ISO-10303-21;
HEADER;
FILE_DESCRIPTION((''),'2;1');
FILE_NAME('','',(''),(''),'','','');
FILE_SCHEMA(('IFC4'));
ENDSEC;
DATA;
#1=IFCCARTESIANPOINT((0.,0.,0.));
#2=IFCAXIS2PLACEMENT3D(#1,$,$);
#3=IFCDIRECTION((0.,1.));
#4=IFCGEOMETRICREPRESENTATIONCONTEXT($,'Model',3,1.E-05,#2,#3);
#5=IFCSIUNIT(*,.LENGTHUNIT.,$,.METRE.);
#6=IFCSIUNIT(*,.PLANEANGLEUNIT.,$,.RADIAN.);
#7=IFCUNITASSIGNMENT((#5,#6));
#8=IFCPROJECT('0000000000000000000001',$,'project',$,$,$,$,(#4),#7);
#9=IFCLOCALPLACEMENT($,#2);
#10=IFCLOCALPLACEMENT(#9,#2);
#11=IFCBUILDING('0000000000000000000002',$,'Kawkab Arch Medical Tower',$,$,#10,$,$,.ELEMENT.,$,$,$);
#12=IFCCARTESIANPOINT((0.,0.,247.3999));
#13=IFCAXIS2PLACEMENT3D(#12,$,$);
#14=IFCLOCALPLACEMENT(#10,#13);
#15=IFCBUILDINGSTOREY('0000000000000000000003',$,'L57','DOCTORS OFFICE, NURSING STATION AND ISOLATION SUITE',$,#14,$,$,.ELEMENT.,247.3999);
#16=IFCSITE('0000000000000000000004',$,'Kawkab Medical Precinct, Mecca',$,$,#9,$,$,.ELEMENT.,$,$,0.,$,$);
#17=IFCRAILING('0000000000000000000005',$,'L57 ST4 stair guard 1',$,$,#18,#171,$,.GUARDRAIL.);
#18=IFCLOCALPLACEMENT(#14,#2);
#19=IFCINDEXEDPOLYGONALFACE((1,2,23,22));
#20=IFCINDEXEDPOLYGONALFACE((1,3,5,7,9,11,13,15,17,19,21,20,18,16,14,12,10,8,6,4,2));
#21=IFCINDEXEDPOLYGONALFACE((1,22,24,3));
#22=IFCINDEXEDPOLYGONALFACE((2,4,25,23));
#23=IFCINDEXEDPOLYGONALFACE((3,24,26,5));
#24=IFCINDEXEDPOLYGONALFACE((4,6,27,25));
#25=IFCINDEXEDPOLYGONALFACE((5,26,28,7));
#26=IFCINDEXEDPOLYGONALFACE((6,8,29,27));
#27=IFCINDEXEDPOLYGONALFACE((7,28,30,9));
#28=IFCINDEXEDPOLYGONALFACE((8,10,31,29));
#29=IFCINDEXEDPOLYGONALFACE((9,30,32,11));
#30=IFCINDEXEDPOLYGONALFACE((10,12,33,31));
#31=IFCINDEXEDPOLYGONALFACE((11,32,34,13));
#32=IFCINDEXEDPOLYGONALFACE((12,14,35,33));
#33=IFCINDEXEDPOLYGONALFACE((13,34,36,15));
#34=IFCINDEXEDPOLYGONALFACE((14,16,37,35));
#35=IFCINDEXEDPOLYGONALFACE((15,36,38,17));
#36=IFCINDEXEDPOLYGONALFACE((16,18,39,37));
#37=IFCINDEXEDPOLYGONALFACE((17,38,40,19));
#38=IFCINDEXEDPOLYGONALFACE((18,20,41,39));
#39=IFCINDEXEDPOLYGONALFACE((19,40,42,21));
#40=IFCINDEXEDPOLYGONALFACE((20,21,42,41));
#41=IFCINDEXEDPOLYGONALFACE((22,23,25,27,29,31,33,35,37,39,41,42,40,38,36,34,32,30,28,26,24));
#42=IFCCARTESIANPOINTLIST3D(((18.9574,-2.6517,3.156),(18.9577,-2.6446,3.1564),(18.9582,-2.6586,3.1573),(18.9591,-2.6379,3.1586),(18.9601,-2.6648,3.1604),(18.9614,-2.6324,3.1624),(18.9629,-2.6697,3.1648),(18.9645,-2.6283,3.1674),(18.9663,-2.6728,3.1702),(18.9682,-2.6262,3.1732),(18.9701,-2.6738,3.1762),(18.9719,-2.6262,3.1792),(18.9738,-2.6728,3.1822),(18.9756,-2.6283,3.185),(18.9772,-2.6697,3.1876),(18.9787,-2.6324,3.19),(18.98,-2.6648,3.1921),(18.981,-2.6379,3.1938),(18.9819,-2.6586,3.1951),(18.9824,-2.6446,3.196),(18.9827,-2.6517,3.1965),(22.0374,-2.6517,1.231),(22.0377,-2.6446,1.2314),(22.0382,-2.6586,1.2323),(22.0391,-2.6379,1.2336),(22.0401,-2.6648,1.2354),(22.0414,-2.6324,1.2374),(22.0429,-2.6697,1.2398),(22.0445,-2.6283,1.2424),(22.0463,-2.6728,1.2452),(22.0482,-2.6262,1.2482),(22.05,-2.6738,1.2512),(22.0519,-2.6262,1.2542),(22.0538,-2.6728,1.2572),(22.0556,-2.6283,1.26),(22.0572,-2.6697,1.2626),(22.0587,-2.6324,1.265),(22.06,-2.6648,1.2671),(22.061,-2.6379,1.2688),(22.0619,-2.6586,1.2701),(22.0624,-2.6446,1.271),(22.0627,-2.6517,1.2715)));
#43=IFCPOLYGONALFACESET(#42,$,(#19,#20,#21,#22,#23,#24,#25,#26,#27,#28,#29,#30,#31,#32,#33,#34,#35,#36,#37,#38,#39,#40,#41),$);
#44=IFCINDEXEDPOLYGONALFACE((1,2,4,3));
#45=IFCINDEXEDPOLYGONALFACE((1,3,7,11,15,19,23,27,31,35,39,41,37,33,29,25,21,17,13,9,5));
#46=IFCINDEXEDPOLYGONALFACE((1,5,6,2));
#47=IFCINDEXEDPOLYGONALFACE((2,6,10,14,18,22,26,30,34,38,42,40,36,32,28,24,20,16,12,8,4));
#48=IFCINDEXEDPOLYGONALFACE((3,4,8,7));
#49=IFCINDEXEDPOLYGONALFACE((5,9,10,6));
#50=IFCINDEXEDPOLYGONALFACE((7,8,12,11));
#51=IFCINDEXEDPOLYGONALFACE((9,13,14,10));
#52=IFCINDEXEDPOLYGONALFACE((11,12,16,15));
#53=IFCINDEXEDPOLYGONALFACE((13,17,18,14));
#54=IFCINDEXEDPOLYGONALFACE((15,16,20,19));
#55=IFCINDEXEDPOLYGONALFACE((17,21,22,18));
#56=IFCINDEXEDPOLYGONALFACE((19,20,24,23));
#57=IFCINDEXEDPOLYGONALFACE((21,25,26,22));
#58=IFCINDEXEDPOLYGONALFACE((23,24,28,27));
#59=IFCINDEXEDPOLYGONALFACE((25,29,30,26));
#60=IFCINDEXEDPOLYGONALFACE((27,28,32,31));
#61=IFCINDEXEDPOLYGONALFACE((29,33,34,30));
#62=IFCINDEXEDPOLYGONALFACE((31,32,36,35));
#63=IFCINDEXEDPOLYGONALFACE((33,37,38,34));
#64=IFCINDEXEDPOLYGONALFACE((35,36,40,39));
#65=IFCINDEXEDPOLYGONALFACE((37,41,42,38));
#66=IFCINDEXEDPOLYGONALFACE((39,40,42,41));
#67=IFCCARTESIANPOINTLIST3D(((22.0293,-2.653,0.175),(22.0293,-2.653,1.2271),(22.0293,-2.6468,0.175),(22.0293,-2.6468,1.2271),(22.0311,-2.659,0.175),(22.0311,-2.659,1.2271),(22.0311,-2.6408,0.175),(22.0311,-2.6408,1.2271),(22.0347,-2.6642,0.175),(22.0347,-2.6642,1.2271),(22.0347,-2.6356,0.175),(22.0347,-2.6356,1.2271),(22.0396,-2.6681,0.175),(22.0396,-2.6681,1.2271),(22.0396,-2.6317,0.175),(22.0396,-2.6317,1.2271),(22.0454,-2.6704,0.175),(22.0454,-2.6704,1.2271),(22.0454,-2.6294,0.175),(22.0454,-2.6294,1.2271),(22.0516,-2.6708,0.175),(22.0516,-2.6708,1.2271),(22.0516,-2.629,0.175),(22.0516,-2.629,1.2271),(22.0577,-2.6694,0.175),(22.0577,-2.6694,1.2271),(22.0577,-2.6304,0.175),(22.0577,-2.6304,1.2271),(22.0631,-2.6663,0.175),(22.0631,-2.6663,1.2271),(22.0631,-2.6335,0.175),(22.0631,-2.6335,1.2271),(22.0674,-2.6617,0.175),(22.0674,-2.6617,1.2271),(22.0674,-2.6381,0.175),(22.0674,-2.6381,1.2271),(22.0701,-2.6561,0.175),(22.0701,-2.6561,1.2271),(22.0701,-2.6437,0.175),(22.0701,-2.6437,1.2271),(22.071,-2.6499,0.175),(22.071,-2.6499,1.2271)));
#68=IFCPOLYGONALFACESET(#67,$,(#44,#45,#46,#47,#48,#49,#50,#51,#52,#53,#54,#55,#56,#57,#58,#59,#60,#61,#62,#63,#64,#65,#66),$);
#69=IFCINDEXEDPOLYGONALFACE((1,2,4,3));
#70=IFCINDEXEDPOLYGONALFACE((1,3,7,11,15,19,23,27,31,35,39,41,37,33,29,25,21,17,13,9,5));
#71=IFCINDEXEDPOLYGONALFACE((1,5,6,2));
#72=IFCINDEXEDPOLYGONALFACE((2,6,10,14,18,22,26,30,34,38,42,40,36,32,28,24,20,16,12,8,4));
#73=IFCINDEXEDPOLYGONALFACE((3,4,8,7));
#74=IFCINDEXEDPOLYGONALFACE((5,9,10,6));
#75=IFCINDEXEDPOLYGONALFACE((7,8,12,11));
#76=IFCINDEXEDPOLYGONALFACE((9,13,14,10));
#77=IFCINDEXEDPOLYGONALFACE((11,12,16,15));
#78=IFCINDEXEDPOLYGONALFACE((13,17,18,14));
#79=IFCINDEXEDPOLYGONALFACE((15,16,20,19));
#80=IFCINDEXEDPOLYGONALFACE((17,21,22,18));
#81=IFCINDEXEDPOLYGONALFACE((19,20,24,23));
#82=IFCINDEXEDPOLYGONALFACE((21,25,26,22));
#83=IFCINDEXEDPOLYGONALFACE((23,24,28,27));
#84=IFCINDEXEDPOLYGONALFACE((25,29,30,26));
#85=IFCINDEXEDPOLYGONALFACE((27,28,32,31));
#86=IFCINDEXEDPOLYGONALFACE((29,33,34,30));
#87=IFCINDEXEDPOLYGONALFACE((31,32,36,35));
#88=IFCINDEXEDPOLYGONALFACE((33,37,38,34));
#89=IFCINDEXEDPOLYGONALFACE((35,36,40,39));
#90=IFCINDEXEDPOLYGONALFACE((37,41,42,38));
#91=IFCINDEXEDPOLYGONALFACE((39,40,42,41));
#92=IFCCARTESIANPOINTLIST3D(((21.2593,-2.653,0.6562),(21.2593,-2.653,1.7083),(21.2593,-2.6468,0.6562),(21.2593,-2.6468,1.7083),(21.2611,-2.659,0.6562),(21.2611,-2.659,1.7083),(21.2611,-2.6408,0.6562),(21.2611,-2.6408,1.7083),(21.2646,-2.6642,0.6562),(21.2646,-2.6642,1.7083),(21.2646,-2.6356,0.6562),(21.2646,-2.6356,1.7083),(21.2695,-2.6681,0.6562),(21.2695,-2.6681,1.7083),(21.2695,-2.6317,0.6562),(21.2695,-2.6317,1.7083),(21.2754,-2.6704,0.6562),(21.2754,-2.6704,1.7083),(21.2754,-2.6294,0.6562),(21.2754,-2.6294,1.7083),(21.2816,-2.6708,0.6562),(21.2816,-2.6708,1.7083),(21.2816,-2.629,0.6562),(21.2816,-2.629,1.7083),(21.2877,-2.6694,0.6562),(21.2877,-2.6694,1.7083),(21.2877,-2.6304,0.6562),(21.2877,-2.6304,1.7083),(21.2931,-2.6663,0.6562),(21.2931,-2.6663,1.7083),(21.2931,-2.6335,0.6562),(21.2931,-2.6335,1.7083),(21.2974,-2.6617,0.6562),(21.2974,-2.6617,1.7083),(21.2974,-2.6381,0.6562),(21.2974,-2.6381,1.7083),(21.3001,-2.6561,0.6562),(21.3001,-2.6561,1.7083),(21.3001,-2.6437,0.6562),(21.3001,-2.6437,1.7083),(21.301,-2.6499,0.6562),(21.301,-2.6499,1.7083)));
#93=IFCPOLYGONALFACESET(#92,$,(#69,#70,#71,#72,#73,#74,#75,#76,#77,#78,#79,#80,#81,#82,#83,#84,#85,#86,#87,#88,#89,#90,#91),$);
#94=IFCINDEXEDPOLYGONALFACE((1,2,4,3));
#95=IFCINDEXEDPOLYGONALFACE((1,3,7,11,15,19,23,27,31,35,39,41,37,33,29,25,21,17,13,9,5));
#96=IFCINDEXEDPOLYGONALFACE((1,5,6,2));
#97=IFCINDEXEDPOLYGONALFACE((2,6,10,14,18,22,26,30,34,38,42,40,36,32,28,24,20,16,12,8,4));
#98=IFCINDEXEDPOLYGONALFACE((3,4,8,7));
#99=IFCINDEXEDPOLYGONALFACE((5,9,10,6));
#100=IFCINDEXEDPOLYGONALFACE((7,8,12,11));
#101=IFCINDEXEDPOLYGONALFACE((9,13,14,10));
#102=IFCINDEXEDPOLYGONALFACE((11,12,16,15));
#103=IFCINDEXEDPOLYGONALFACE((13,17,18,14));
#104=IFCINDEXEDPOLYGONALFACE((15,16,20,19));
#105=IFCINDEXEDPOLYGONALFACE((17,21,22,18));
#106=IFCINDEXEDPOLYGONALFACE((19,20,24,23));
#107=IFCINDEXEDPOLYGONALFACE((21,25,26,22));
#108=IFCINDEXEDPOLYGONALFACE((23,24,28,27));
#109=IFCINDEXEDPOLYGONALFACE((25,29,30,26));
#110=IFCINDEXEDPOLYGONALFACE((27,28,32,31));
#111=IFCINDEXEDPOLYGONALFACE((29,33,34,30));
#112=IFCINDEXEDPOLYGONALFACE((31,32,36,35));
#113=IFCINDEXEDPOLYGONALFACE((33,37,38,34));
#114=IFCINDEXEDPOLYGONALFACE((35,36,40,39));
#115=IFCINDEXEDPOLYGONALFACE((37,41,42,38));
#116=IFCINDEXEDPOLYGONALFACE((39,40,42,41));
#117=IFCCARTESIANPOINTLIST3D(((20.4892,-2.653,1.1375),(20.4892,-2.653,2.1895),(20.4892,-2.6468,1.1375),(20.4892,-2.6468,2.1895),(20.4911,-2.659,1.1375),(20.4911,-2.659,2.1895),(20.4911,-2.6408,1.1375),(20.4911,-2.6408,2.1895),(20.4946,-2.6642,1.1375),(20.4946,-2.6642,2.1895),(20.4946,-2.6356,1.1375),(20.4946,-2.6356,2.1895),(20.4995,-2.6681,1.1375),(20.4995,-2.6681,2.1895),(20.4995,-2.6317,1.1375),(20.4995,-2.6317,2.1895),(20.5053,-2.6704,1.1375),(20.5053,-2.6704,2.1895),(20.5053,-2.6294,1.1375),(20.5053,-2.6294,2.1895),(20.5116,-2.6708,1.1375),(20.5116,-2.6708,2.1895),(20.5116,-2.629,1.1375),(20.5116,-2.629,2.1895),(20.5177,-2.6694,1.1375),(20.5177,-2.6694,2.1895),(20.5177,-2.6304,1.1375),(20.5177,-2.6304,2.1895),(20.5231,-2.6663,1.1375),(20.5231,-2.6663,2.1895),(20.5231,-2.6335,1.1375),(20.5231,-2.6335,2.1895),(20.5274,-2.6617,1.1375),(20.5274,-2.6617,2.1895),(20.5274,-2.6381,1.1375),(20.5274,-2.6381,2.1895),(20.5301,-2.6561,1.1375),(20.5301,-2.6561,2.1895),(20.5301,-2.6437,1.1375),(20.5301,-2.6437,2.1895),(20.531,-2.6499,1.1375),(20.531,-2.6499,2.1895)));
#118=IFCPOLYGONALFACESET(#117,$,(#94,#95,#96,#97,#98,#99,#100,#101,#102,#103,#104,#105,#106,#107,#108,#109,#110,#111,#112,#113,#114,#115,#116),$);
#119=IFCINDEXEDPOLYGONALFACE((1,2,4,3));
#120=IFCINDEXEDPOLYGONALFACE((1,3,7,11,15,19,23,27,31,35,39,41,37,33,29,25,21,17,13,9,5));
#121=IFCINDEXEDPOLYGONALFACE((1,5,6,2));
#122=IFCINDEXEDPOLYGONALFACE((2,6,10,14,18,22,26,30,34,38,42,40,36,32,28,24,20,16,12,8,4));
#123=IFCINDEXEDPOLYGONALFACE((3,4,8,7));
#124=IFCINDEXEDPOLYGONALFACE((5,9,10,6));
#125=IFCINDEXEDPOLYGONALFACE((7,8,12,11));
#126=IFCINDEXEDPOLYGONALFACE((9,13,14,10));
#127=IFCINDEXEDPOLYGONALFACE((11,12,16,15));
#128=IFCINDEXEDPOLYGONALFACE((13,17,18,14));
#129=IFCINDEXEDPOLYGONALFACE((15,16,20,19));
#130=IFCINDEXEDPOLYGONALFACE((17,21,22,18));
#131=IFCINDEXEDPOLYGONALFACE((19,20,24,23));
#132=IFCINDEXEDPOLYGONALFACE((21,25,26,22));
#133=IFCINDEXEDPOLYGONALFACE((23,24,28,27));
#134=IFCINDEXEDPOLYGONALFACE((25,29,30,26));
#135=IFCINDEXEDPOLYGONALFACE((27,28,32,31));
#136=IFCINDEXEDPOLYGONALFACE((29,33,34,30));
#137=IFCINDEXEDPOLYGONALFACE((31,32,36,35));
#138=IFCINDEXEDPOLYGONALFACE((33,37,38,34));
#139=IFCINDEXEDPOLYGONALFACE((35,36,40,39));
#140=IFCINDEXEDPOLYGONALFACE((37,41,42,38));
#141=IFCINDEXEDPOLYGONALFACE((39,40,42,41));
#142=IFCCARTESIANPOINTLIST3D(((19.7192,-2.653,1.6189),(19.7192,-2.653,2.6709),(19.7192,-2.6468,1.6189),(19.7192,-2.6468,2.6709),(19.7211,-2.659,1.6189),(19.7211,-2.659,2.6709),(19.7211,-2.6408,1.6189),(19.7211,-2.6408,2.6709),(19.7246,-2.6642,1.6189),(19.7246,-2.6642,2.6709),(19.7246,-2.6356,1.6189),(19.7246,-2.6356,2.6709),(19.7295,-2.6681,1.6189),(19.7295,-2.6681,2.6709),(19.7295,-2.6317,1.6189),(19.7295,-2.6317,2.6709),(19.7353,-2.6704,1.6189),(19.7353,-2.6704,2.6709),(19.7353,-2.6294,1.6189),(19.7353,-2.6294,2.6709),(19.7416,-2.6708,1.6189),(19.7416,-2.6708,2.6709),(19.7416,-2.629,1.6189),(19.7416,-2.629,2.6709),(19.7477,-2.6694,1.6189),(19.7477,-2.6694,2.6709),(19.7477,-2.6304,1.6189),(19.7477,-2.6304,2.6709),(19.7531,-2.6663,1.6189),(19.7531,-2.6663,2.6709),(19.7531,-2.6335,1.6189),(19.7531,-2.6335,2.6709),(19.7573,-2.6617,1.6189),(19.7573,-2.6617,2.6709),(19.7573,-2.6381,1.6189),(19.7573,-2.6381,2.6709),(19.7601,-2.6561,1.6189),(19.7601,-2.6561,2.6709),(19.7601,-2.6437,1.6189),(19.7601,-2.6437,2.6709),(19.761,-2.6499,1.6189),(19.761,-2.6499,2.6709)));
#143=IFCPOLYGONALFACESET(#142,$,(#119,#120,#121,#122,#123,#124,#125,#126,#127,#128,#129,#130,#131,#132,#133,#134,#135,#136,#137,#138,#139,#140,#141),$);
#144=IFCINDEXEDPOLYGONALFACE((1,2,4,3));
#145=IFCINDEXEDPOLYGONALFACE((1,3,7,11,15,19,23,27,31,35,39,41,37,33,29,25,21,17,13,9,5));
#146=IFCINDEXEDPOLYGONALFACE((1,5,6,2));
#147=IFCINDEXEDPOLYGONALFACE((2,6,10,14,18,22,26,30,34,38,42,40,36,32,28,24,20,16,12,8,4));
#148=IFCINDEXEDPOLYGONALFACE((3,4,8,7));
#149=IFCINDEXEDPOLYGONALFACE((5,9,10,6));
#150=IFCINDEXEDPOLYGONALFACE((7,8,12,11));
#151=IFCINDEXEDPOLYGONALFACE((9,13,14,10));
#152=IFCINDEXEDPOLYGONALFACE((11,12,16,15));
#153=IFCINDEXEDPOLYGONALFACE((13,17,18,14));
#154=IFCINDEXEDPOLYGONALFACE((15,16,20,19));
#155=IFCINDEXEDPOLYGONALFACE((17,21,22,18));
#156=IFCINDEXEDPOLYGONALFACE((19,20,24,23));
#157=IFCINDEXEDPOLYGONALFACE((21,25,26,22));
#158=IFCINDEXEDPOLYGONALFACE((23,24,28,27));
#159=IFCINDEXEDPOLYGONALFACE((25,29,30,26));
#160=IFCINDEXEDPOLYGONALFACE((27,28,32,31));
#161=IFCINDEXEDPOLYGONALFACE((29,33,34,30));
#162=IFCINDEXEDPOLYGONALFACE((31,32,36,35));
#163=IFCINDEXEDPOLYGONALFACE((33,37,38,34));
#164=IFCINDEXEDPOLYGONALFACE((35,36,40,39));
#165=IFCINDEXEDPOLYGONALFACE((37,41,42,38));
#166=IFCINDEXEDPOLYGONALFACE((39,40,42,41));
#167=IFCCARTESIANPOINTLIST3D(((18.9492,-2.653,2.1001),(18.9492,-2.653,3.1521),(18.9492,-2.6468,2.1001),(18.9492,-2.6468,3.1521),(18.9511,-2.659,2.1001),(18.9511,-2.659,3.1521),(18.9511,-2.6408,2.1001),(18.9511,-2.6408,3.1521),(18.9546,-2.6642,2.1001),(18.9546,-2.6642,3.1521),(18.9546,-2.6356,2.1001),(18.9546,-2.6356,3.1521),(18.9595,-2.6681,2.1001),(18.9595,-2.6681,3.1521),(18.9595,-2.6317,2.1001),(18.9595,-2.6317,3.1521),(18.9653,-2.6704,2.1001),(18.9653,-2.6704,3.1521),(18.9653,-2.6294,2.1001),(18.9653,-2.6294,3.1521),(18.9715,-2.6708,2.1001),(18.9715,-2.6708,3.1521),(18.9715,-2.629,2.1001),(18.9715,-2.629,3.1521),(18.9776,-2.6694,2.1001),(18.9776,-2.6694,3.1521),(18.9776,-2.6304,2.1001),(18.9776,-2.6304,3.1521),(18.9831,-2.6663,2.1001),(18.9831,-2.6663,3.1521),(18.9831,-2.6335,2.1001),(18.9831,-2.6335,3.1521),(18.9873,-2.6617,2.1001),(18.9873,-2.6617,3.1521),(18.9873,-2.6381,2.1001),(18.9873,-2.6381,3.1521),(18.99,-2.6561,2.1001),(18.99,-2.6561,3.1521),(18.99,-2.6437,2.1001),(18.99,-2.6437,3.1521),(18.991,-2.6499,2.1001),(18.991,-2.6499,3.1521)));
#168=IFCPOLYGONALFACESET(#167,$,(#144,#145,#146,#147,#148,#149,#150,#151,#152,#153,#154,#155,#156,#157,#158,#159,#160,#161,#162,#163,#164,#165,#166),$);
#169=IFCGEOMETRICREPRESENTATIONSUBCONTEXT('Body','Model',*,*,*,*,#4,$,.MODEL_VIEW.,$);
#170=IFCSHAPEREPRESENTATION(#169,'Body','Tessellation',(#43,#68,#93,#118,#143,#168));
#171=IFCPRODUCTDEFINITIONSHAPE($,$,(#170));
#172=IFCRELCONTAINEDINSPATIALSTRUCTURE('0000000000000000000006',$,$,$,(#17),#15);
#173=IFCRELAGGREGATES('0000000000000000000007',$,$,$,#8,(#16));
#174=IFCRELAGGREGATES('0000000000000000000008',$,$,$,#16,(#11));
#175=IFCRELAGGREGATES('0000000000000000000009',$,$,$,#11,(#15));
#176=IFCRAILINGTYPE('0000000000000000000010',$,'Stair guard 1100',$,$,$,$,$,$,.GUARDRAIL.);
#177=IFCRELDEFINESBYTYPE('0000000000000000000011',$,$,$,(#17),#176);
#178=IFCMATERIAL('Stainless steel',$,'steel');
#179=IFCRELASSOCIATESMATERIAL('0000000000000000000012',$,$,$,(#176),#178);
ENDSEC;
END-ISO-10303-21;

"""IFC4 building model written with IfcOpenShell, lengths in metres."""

from ifc_helpers import new_model, si_unit, direction, frame, origin, origin_2d, place, context, subcontext, project, spatial, circle, extrude, material, type_object, element, save


model = new_model("IFC4")

# Units and contexts
model_context = context("Model", 3, precision=1e-05, world=origin(), true_north=direction((0.0, 1.0)))
body_context = subcontext(model_context, "Body", "Model", "MODEL_VIEW")
ifc_project = project(units=[si_unit("LENGTHUNIT", "METRE"), si_unit("PLANEANGLEUNIT", "RADIAN")], contexts=[model_context])

# Site, building, storey
site_placement = place(None, origin())
site = spatial("IfcSite", under=ifc_project, at=site_placement, Name="Kawkab Medical Precinct, Mecca", CompositionType="ELEMENT", RefElevation=0.0)
building_placement = place(site_placement, origin())
building = spatial("IfcBuilding", under=site, at=building_placement, Name="Kawkab Arch Medical Tower", CompositionType="ELEMENT")
storey_placement = place(building_placement, frame((0.0, 0.0, 247.3999)))
storey = spatial("IfcBuildingStorey", under=building, at=storey_placement, Name="L57", Description="DOCTORS OFFICE, NURSING STATION AND ISOLATION SUITE", CompositionType="ELEMENT", Elevation=247.3999)

# Railing
ifc_material_1 = material(Name="Stainless steel", Category="steel")
railing_type = type_object("IfcRailingType", Name="Stair guard 1100", PredefinedType="GUARDRAIL", material=ifc_material_1)
railing_1_placement = place(storey_placement, frame((22.05, -2.6499, 0.175)))
element("IfcRailing", 1, at=railing_1_placement, inside=storey, type_object=railing_type, Name="L57 ST4 stair guard 1", PredefinedType="GUARDRAIL", context=body_context, shape_type="SweptSolid", body=[
    extrude(circle(Radius=0.0239, at=origin_2d()), frame((0.0, 0.0, 1.0762), z_axis=(-0.847998, 0.0, 0.529999), x_axis=(0.0, -1.0, 0.0)), (0.0, 0.0, 1.0), 3.6321),
    extrude(circle(Radius=0.021, at=origin_2d()), origin(), (0.0, 0.0, 1.0), 1.052),
    extrude(circle(Radius=0.021, at=origin_2d()), frame((-0.77, 0.0, 0.4812)), (0.0, 0.0, 1.0), 1.052),
    extrude(circle(Radius=0.021, at=origin_2d()), frame((-1.54, 0.0, 0.9624)), (0.0, 0.0, 1.0), 1.052),
    extrude(circle(Radius=0.021, at=origin_2d()), frame((-2.3101, 0.0, 1.4438)), (0.0, 0.0, 1.0), 1.052),
    extrude(circle(Radius=0.021, at=origin_2d()), frame((-3.0801, 0.0, 1.925)), (0.0, 0.0, 1.0), 1.052),
])

save(model, "model.ifc")
